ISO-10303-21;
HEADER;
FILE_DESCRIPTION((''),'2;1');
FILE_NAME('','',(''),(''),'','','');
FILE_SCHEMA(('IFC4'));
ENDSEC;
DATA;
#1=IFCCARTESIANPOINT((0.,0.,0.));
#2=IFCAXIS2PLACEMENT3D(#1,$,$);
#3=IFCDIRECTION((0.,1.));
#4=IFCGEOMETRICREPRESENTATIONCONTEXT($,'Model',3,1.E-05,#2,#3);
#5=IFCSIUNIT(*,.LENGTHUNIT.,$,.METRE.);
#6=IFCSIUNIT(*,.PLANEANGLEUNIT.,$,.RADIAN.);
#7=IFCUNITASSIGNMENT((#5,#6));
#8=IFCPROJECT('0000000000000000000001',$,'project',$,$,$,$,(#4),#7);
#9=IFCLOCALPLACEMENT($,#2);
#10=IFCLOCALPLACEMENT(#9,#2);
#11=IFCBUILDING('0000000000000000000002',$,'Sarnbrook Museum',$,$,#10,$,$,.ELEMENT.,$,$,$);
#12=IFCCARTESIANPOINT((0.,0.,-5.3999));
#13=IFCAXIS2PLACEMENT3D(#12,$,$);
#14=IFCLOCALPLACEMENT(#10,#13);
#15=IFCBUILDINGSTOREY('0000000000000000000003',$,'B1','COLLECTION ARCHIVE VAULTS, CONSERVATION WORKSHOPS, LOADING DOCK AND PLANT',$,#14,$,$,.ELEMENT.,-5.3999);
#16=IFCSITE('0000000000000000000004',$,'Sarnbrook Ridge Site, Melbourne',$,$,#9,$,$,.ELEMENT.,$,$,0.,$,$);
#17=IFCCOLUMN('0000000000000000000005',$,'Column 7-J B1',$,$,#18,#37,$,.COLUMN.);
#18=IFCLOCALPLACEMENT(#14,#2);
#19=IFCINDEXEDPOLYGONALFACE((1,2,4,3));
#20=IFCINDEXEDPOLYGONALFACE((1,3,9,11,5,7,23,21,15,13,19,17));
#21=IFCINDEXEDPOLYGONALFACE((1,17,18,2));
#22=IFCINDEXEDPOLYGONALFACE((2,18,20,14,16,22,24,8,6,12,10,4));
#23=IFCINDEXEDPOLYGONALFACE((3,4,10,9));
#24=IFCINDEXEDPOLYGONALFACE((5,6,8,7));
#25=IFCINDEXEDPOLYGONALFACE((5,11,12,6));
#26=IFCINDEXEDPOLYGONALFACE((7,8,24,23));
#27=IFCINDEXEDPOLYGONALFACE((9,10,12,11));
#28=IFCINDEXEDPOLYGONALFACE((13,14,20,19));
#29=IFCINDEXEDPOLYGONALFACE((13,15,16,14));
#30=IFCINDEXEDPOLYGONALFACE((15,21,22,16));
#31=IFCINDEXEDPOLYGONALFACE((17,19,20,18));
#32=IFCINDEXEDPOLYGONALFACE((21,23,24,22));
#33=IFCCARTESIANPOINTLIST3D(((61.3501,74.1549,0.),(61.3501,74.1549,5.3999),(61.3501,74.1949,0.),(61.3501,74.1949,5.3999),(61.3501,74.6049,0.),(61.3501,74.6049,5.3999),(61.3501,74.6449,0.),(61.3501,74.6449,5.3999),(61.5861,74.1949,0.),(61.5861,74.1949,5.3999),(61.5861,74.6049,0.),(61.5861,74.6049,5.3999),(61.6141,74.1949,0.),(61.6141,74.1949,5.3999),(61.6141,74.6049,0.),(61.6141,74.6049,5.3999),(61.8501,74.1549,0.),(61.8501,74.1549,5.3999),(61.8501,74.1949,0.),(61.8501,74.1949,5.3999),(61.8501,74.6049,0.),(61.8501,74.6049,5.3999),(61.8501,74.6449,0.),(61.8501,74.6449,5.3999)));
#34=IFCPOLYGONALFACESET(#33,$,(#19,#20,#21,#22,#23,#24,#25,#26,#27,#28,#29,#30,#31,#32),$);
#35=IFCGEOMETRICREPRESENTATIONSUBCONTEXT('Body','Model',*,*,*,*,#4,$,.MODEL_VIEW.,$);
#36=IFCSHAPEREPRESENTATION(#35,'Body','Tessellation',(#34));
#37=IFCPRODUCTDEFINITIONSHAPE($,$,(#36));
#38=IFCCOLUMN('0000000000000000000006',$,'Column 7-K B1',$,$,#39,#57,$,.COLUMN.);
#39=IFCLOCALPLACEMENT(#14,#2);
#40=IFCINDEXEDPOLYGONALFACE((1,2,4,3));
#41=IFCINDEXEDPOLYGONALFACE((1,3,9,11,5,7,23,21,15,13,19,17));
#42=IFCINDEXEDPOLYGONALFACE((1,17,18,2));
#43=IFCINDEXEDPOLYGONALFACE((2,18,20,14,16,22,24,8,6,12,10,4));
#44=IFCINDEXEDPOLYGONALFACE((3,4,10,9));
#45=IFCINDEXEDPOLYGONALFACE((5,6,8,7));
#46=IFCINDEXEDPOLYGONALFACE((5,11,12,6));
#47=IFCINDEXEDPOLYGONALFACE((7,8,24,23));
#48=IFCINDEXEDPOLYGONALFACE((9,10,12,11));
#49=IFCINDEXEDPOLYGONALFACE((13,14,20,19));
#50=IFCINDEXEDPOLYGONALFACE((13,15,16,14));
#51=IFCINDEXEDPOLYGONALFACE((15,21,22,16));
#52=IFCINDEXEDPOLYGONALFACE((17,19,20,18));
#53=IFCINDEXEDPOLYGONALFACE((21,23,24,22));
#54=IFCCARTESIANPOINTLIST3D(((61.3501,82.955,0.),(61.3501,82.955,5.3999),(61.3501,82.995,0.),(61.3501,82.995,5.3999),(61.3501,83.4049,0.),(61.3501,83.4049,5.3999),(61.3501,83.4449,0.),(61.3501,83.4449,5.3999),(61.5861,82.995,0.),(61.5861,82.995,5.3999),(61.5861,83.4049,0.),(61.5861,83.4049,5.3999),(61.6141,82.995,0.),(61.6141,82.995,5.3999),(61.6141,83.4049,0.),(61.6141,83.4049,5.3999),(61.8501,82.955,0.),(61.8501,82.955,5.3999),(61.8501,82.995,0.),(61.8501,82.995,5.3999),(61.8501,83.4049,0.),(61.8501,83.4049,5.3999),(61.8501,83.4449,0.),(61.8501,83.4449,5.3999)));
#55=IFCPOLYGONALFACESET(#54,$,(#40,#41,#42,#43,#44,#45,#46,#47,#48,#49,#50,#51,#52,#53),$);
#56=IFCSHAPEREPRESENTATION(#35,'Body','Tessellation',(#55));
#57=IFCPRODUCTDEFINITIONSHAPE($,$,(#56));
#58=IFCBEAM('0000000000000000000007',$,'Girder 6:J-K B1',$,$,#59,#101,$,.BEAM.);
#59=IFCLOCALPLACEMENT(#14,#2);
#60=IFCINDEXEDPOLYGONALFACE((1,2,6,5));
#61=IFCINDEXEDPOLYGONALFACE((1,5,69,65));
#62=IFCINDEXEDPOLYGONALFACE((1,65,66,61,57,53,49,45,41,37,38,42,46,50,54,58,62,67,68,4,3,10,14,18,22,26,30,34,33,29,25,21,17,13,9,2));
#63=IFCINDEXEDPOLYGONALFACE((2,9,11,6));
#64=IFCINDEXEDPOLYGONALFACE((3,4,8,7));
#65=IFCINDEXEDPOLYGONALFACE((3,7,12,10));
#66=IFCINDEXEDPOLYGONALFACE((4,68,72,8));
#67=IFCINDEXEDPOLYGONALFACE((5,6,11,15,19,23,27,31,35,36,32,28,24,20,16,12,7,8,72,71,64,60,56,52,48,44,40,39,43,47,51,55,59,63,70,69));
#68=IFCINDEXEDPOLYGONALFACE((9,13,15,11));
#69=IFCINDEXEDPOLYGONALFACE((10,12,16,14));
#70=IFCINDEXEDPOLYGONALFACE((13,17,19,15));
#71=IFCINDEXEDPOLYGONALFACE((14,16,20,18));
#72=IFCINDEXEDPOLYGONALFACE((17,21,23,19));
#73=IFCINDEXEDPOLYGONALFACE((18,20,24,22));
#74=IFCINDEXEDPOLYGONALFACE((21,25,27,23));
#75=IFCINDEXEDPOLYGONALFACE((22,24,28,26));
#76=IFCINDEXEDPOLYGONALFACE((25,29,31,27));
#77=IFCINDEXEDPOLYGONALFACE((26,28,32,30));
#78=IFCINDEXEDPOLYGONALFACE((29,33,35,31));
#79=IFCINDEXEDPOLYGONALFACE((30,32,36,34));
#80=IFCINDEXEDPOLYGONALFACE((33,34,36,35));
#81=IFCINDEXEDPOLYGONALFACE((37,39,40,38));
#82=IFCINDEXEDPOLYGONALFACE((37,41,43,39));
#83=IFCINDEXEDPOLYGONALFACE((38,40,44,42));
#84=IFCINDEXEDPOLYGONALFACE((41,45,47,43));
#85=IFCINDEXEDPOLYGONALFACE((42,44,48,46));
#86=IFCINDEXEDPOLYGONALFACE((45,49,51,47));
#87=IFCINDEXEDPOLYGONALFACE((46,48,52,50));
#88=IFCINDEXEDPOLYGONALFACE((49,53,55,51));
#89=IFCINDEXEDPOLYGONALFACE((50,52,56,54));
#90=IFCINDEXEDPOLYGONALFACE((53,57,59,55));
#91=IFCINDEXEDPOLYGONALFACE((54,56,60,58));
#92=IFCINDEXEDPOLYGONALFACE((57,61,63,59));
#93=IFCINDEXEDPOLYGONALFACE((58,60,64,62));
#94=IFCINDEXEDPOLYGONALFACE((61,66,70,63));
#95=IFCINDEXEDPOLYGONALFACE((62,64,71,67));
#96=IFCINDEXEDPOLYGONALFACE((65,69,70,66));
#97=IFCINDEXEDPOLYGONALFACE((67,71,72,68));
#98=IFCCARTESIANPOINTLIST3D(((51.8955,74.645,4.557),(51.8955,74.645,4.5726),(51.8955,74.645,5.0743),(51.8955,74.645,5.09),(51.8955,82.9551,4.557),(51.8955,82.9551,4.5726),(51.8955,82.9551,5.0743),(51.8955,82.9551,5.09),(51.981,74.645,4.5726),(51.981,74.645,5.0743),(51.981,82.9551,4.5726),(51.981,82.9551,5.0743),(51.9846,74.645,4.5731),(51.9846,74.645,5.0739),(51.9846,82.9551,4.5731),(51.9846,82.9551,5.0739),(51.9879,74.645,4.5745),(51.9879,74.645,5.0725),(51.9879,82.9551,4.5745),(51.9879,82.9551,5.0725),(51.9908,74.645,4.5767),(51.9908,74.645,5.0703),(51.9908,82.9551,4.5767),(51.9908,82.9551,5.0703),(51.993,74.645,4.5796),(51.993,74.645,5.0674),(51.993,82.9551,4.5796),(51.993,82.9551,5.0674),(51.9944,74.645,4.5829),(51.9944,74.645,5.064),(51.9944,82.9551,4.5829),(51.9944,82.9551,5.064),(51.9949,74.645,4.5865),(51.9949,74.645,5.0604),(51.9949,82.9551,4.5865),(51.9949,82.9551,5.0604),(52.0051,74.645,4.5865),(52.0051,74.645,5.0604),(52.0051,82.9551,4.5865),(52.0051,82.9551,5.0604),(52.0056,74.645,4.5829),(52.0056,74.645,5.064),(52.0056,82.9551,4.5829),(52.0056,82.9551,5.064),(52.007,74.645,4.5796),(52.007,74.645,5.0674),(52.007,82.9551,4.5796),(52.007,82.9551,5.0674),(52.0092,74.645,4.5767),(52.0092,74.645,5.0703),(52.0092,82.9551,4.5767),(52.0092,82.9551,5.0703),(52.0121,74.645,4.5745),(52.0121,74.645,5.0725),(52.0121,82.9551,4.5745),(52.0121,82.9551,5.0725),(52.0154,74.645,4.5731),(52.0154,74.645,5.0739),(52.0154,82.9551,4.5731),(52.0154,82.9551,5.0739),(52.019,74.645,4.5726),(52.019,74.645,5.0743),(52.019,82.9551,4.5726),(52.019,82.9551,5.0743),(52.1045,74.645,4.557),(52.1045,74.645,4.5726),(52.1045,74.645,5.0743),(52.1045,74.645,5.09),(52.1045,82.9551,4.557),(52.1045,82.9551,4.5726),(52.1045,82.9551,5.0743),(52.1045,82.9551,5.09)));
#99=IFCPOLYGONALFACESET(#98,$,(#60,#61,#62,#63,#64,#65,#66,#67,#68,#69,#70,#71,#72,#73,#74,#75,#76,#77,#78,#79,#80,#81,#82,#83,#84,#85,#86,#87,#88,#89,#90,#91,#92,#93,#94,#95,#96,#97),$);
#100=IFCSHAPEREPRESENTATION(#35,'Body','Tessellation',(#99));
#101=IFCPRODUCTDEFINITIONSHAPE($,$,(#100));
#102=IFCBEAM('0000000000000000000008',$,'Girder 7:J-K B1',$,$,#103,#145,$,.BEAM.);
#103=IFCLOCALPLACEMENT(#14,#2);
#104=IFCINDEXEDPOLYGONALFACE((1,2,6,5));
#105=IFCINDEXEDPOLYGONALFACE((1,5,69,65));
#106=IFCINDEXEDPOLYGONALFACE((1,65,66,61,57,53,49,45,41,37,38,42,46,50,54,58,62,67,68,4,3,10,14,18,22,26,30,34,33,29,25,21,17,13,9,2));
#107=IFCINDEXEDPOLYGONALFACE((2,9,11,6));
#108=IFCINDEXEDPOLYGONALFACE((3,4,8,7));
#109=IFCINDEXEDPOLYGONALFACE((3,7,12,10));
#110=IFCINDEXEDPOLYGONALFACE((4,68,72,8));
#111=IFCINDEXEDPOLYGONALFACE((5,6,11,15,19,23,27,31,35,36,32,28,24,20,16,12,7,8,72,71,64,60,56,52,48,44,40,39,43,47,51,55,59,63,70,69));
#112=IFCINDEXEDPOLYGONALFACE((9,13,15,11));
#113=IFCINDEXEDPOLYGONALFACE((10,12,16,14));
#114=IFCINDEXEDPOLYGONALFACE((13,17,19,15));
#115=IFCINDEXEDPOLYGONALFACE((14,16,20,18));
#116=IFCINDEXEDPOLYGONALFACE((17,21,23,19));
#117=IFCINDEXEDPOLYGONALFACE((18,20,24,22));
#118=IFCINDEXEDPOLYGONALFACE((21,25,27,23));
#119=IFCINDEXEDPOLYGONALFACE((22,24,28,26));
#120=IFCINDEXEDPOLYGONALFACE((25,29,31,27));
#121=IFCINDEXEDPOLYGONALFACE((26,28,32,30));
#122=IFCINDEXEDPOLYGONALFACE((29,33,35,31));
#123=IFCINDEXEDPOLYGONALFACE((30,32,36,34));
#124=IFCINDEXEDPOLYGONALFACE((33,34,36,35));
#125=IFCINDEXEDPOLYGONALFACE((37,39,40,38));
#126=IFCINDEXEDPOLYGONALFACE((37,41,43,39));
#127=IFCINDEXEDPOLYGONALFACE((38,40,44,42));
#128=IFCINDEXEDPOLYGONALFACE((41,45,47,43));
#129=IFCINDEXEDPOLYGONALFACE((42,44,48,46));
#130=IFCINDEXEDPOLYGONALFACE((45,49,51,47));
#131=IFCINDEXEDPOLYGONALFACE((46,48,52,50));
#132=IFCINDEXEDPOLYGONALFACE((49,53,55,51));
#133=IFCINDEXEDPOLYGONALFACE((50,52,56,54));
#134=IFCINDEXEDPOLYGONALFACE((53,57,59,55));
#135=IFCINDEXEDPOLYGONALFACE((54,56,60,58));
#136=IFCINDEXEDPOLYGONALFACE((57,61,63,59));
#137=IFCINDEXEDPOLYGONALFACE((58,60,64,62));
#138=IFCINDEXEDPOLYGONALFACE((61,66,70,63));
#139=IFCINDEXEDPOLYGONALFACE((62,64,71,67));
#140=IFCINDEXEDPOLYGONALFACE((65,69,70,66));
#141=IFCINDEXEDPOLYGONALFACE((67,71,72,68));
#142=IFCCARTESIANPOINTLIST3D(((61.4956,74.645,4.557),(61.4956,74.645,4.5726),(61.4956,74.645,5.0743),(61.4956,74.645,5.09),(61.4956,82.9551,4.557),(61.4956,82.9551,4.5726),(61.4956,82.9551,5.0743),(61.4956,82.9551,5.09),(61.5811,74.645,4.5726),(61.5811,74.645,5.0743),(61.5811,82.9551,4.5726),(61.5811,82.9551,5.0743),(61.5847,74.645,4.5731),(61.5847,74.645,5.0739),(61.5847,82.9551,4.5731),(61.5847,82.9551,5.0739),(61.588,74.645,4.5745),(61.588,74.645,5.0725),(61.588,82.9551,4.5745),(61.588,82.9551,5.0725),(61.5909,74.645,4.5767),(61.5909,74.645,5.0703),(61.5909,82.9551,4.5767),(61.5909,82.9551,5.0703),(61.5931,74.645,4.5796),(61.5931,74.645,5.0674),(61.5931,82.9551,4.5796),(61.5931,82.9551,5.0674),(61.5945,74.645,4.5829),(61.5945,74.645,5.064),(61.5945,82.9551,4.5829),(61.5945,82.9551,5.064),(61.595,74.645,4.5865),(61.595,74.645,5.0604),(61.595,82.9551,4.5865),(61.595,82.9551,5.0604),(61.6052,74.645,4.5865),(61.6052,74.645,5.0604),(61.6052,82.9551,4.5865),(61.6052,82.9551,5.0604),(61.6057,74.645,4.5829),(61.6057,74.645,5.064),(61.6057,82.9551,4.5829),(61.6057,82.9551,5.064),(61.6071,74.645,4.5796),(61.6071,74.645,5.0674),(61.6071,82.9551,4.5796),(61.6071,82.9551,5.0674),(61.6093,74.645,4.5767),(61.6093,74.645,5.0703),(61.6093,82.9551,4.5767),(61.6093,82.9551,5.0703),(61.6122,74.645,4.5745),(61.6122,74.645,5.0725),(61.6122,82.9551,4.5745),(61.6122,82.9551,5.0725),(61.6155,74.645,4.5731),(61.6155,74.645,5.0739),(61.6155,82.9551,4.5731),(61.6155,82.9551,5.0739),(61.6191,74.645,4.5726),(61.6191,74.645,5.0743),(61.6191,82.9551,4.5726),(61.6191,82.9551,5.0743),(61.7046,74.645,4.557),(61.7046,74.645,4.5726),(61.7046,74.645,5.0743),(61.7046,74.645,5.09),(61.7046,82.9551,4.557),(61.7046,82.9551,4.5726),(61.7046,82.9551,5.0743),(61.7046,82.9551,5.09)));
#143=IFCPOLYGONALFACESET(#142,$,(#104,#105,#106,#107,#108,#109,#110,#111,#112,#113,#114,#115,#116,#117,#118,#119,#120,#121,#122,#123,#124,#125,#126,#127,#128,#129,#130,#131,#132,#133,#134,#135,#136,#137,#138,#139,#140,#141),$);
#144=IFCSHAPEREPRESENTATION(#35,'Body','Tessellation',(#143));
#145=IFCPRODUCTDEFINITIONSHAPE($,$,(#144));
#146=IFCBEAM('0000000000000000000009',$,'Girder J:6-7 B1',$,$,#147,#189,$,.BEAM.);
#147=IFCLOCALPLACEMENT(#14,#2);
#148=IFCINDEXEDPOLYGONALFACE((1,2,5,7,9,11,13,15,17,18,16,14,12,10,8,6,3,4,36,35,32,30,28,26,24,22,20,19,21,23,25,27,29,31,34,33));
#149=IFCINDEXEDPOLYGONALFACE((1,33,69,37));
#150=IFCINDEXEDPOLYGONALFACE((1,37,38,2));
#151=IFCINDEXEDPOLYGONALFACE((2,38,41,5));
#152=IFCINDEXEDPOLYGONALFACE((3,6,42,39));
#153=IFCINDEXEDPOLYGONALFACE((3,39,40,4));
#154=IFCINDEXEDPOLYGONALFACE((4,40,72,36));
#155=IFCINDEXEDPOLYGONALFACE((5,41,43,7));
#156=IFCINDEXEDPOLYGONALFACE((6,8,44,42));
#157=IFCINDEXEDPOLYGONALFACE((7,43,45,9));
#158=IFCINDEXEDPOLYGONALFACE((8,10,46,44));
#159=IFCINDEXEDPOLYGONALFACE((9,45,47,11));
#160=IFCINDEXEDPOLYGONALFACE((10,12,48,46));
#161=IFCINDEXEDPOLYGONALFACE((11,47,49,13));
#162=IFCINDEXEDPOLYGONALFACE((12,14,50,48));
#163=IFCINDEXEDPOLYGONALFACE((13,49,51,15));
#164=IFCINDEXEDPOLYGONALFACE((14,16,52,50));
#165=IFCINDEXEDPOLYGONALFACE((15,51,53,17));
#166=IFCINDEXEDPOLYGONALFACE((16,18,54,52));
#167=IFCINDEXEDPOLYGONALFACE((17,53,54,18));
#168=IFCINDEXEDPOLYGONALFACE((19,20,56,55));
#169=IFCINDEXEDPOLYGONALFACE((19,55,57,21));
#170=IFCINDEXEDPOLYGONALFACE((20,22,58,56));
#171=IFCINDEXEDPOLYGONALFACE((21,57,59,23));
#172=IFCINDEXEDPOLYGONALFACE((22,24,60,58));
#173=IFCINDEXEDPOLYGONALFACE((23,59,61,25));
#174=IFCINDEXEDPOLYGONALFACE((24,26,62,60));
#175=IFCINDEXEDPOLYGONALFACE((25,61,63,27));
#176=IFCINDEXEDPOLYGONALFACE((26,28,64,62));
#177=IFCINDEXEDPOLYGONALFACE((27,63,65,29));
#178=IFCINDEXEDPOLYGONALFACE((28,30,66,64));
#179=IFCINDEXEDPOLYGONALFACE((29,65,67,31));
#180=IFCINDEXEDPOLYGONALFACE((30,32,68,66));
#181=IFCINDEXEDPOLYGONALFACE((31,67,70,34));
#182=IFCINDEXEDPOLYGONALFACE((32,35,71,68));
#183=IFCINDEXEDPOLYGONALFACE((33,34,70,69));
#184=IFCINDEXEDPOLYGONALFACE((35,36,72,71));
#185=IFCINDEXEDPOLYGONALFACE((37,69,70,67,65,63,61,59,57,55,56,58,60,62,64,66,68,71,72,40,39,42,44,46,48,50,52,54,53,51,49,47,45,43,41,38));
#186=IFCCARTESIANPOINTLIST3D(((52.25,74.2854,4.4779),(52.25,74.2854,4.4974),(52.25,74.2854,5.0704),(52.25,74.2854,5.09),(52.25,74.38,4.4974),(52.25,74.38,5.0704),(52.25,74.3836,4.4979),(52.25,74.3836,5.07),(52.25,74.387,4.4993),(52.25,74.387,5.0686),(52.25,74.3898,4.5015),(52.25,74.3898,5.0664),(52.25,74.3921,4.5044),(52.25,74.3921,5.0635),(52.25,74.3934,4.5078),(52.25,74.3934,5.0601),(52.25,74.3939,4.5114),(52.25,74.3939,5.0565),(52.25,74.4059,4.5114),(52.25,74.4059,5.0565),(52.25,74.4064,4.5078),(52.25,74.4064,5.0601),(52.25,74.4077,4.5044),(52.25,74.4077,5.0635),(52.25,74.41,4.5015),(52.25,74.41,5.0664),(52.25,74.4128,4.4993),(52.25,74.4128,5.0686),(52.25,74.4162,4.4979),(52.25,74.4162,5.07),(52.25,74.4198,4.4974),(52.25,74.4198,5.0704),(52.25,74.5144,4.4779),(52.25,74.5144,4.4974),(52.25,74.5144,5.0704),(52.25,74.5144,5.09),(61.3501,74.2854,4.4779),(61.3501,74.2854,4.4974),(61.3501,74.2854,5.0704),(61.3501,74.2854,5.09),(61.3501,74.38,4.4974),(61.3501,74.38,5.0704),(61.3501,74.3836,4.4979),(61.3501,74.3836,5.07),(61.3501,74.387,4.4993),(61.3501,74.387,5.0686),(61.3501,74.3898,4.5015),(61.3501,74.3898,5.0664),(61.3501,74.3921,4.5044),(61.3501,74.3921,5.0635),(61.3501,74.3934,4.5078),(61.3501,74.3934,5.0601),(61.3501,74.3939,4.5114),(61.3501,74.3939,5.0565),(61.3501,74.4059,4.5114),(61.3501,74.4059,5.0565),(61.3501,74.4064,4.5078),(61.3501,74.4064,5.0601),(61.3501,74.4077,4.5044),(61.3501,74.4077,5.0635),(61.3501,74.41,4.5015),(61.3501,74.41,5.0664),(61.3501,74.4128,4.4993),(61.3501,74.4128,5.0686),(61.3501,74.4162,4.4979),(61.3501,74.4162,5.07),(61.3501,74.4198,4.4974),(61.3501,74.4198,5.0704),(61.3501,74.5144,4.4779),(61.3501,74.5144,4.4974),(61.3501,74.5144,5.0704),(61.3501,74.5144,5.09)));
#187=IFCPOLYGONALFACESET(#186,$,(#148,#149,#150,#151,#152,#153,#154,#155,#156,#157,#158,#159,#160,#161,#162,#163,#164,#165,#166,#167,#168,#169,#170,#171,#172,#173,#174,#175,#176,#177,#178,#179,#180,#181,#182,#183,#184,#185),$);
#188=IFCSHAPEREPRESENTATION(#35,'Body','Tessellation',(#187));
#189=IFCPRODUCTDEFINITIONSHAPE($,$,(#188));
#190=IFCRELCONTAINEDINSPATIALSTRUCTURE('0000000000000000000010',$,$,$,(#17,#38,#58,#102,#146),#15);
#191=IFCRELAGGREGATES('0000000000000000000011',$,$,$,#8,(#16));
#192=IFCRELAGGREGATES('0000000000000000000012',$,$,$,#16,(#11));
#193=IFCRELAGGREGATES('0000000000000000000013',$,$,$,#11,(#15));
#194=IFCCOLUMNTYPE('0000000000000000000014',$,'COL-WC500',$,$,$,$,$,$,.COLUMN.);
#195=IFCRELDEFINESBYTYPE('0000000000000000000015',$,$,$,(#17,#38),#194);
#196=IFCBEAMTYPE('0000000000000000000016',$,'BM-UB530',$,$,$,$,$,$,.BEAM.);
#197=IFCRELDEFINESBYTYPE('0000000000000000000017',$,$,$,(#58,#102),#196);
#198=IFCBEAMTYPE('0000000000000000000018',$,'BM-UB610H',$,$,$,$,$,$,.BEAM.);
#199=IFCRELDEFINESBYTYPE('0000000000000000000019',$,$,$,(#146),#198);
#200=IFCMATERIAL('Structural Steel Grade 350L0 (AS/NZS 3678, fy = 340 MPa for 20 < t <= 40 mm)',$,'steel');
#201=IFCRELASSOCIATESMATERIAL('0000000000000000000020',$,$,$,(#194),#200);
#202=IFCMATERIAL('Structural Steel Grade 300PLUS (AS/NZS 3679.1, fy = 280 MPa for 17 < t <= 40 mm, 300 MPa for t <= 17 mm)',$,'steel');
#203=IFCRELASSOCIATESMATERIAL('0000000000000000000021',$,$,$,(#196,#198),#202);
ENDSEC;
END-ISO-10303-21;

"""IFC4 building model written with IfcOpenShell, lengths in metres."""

from ifc_helpers import new_model, si_unit, direction, frame, origin, origin_2d, place, context, subcontext, project, spatial, i_section, extrude, material, material_profile, profile_set, type_object, element, save


model = new_model("IFC4")

# Units and contexts
model_context = context("Model", 3, precision=1e-05, world=origin(), true_north=direction((0.0, 1.0)))
body_context = subcontext(model_context, "Body", "Model", "MODEL_VIEW")
ifc_project = project(units=[si_unit("LENGTHUNIT", "METRE"), si_unit("PLANEANGLEUNIT", "RADIAN")], contexts=[model_context])

# Site, building, storey
site_placement = place(None, origin())
site = spatial("IfcSite", under=ifc_project, at=site_placement, Name="Sarnbrook Ridge Site, Melbourne", CompositionType="ELEMENT", RefElevation=0.0)
building_placement = place(site_placement, origin())
building = spatial("IfcBuilding", under=site, at=building_placement, Name="Sarnbrook Museum", CompositionType="ELEMENT")
storey_placement = place(building_placement, frame((0.0, 0.0, -5.3999)))
storey = spatial("IfcBuildingStorey", under=building, at=storey_placement, Name="B1", Description="COLLECTION ARCHIVE VAULTS, CONSERVATION WORKSHOPS, LOADING DOCK AND PLANT", CompositionType="ELEMENT", Elevation=-5.3999)

# Columns
ifc_material_1 = material(Name="Structural Steel Grade 350L0 (AS/NZS 3678, fy = 340 MPa for 20 < t <= 40 mm)", Category="steel")
ifc_material_profile_1 = material_profile(ifc_material_1, i_section(OverallWidth=0.5, OverallDepth=0.49, WebThickness=0.0281, FlangeThickness=0.04, at=origin_2d()), Name="500WC340")
ifc_profile_set_1 = profile_set([ifc_material_profile_1], Name="Structural Steel Grade 350L0 (AS/NZS 3678, fy = 340 MPa for 20 < t <= 40 mm)")
column_type = type_object("IfcColumnType", Name="COL-WC500", PredefinedType="COLUMN", material=ifc_profile_set_1)
for number, where, z_axis, x_axis, name in (
    (1, (61.6001, 74.3999, 0.0), (0.0, 0.0, 1.0), (1.0, 0.0, 0.0), "Column 7-J B1"),
    (2, (61.6001, 83.2, 0.0), (0.0, 0.0, 1.0), (1.0, 0.0, 0.0), "Column 7-K B1"),
):
    element("IfcColumn", number, at=place(storey_placement, frame(where, z_axis=z_axis, x_axis=x_axis)), inside=storey, type_object=column_type, Name=name, PredefinedType="COLUMN", context=body_context, shape_type="SweptSolid", body=[
        extrude(i_section(OverallWidth=0.5, OverallDepth=0.49, WebThickness=0.0281, FlangeThickness=0.04, at=origin_2d()), origin(), (0.0, 0.0, 1.0), 5.3999),
    ])

# Beams
ifc_material_2 = material(Name="Structural Steel Grade 300PLUS (AS/NZS 3679.1, fy = 280 MPa for 17 < t <= 40 mm, 300 MPa for t <= 17 mm)", Category="steel")
ifc_material_profile_2 = material_profile(ifc_material_2, i_section(OverallWidth=0.209, OverallDepth=0.533, WebThickness=0.0103, FlangeThickness=0.0156, FilletRadius=0.0139, at=origin_2d()), Name="530UB92.4")
ifc_profile_set_2 = profile_set([ifc_material_profile_2], Name="Structural Steel Grade 300PLUS (AS/NZS 3679.1, fy = 280 MPa for 17 < t <= 40 mm, 300 MPa for t <= 17 mm)")
beam_type_1 = type_object("IfcBeamType", Name="BM-UB530", PredefinedType="BEAM", material=ifc_profile_set_2)
for number, where, z_axis, x_axis, name in (
    (3, (52.0, 74.645, 4.8235), (0.0, 1.0, 0.0), (-1.0, 0.0, 0.0), "Girder 6:J-K B1"),
    (4, (61.6001, 74.645, 4.8235), (0.0, 1.0, 0.0), (-1.0, 0.0, 0.0), "Girder 7:J-K B1"),
):
    element("IfcBeam", number, at=place(storey_placement, frame(where, z_axis=z_axis, x_axis=x_axis)), inside=storey, type_object=beam_type_1, Name=name, PredefinedType="BEAM", context=body_context, shape_type="SweptSolid", body=[
        extrude(i_section(OverallWidth=0.209, OverallDepth=0.533, WebThickness=0.0103, FlangeThickness=0.0156, FilletRadius=0.0139, at=origin_2d()), origin(), (0.0, 0.0, 1.0), 8.3101),
    ])
ifc_material_profile_3 = material_profile(ifc_material_2, i_section(OverallWidth=0.229, OverallDepth=0.6121, WebThickness=0.012, FlangeThickness=0.0195, FilletRadius=0.0139, at=origin_2d()), Name="610UB125")
ifc_profile_set_3 = profile_set([ifc_material_profile_3], Name="Structural Steel Grade 300PLUS (AS/NZS 3679.1, fy = 280 MPa for 17 < t <= 40 mm, 300 MPa for t <= 17 mm)")
beam_type_2 = type_object("IfcBeamType", Name="BM-UB610H", PredefinedType="BEAM", material=ifc_profile_set_3)
beam_1_placement = place(storey_placement, frame((52.25, 74.3999, 4.7839), z_axis=(1.0, 0.0, 0.0), x_axis=(0.0, 1.0, 0.0)))
element("IfcBeam", 5, at=beam_1_placement, inside=storey, type_object=beam_type_2, Name="Girder J:6-7 B1", PredefinedType="BEAM", context=body_context, shape_type="SweptSolid", body=[
    extrude(i_section(OverallWidth=0.229, OverallDepth=0.6121, WebThickness=0.012, FlangeThickness=0.0195, FilletRadius=0.0139, at=origin_2d()), origin(), (0.0, 0.0, 1.0), 9.1001),
])

save(model, "model.ifc")
